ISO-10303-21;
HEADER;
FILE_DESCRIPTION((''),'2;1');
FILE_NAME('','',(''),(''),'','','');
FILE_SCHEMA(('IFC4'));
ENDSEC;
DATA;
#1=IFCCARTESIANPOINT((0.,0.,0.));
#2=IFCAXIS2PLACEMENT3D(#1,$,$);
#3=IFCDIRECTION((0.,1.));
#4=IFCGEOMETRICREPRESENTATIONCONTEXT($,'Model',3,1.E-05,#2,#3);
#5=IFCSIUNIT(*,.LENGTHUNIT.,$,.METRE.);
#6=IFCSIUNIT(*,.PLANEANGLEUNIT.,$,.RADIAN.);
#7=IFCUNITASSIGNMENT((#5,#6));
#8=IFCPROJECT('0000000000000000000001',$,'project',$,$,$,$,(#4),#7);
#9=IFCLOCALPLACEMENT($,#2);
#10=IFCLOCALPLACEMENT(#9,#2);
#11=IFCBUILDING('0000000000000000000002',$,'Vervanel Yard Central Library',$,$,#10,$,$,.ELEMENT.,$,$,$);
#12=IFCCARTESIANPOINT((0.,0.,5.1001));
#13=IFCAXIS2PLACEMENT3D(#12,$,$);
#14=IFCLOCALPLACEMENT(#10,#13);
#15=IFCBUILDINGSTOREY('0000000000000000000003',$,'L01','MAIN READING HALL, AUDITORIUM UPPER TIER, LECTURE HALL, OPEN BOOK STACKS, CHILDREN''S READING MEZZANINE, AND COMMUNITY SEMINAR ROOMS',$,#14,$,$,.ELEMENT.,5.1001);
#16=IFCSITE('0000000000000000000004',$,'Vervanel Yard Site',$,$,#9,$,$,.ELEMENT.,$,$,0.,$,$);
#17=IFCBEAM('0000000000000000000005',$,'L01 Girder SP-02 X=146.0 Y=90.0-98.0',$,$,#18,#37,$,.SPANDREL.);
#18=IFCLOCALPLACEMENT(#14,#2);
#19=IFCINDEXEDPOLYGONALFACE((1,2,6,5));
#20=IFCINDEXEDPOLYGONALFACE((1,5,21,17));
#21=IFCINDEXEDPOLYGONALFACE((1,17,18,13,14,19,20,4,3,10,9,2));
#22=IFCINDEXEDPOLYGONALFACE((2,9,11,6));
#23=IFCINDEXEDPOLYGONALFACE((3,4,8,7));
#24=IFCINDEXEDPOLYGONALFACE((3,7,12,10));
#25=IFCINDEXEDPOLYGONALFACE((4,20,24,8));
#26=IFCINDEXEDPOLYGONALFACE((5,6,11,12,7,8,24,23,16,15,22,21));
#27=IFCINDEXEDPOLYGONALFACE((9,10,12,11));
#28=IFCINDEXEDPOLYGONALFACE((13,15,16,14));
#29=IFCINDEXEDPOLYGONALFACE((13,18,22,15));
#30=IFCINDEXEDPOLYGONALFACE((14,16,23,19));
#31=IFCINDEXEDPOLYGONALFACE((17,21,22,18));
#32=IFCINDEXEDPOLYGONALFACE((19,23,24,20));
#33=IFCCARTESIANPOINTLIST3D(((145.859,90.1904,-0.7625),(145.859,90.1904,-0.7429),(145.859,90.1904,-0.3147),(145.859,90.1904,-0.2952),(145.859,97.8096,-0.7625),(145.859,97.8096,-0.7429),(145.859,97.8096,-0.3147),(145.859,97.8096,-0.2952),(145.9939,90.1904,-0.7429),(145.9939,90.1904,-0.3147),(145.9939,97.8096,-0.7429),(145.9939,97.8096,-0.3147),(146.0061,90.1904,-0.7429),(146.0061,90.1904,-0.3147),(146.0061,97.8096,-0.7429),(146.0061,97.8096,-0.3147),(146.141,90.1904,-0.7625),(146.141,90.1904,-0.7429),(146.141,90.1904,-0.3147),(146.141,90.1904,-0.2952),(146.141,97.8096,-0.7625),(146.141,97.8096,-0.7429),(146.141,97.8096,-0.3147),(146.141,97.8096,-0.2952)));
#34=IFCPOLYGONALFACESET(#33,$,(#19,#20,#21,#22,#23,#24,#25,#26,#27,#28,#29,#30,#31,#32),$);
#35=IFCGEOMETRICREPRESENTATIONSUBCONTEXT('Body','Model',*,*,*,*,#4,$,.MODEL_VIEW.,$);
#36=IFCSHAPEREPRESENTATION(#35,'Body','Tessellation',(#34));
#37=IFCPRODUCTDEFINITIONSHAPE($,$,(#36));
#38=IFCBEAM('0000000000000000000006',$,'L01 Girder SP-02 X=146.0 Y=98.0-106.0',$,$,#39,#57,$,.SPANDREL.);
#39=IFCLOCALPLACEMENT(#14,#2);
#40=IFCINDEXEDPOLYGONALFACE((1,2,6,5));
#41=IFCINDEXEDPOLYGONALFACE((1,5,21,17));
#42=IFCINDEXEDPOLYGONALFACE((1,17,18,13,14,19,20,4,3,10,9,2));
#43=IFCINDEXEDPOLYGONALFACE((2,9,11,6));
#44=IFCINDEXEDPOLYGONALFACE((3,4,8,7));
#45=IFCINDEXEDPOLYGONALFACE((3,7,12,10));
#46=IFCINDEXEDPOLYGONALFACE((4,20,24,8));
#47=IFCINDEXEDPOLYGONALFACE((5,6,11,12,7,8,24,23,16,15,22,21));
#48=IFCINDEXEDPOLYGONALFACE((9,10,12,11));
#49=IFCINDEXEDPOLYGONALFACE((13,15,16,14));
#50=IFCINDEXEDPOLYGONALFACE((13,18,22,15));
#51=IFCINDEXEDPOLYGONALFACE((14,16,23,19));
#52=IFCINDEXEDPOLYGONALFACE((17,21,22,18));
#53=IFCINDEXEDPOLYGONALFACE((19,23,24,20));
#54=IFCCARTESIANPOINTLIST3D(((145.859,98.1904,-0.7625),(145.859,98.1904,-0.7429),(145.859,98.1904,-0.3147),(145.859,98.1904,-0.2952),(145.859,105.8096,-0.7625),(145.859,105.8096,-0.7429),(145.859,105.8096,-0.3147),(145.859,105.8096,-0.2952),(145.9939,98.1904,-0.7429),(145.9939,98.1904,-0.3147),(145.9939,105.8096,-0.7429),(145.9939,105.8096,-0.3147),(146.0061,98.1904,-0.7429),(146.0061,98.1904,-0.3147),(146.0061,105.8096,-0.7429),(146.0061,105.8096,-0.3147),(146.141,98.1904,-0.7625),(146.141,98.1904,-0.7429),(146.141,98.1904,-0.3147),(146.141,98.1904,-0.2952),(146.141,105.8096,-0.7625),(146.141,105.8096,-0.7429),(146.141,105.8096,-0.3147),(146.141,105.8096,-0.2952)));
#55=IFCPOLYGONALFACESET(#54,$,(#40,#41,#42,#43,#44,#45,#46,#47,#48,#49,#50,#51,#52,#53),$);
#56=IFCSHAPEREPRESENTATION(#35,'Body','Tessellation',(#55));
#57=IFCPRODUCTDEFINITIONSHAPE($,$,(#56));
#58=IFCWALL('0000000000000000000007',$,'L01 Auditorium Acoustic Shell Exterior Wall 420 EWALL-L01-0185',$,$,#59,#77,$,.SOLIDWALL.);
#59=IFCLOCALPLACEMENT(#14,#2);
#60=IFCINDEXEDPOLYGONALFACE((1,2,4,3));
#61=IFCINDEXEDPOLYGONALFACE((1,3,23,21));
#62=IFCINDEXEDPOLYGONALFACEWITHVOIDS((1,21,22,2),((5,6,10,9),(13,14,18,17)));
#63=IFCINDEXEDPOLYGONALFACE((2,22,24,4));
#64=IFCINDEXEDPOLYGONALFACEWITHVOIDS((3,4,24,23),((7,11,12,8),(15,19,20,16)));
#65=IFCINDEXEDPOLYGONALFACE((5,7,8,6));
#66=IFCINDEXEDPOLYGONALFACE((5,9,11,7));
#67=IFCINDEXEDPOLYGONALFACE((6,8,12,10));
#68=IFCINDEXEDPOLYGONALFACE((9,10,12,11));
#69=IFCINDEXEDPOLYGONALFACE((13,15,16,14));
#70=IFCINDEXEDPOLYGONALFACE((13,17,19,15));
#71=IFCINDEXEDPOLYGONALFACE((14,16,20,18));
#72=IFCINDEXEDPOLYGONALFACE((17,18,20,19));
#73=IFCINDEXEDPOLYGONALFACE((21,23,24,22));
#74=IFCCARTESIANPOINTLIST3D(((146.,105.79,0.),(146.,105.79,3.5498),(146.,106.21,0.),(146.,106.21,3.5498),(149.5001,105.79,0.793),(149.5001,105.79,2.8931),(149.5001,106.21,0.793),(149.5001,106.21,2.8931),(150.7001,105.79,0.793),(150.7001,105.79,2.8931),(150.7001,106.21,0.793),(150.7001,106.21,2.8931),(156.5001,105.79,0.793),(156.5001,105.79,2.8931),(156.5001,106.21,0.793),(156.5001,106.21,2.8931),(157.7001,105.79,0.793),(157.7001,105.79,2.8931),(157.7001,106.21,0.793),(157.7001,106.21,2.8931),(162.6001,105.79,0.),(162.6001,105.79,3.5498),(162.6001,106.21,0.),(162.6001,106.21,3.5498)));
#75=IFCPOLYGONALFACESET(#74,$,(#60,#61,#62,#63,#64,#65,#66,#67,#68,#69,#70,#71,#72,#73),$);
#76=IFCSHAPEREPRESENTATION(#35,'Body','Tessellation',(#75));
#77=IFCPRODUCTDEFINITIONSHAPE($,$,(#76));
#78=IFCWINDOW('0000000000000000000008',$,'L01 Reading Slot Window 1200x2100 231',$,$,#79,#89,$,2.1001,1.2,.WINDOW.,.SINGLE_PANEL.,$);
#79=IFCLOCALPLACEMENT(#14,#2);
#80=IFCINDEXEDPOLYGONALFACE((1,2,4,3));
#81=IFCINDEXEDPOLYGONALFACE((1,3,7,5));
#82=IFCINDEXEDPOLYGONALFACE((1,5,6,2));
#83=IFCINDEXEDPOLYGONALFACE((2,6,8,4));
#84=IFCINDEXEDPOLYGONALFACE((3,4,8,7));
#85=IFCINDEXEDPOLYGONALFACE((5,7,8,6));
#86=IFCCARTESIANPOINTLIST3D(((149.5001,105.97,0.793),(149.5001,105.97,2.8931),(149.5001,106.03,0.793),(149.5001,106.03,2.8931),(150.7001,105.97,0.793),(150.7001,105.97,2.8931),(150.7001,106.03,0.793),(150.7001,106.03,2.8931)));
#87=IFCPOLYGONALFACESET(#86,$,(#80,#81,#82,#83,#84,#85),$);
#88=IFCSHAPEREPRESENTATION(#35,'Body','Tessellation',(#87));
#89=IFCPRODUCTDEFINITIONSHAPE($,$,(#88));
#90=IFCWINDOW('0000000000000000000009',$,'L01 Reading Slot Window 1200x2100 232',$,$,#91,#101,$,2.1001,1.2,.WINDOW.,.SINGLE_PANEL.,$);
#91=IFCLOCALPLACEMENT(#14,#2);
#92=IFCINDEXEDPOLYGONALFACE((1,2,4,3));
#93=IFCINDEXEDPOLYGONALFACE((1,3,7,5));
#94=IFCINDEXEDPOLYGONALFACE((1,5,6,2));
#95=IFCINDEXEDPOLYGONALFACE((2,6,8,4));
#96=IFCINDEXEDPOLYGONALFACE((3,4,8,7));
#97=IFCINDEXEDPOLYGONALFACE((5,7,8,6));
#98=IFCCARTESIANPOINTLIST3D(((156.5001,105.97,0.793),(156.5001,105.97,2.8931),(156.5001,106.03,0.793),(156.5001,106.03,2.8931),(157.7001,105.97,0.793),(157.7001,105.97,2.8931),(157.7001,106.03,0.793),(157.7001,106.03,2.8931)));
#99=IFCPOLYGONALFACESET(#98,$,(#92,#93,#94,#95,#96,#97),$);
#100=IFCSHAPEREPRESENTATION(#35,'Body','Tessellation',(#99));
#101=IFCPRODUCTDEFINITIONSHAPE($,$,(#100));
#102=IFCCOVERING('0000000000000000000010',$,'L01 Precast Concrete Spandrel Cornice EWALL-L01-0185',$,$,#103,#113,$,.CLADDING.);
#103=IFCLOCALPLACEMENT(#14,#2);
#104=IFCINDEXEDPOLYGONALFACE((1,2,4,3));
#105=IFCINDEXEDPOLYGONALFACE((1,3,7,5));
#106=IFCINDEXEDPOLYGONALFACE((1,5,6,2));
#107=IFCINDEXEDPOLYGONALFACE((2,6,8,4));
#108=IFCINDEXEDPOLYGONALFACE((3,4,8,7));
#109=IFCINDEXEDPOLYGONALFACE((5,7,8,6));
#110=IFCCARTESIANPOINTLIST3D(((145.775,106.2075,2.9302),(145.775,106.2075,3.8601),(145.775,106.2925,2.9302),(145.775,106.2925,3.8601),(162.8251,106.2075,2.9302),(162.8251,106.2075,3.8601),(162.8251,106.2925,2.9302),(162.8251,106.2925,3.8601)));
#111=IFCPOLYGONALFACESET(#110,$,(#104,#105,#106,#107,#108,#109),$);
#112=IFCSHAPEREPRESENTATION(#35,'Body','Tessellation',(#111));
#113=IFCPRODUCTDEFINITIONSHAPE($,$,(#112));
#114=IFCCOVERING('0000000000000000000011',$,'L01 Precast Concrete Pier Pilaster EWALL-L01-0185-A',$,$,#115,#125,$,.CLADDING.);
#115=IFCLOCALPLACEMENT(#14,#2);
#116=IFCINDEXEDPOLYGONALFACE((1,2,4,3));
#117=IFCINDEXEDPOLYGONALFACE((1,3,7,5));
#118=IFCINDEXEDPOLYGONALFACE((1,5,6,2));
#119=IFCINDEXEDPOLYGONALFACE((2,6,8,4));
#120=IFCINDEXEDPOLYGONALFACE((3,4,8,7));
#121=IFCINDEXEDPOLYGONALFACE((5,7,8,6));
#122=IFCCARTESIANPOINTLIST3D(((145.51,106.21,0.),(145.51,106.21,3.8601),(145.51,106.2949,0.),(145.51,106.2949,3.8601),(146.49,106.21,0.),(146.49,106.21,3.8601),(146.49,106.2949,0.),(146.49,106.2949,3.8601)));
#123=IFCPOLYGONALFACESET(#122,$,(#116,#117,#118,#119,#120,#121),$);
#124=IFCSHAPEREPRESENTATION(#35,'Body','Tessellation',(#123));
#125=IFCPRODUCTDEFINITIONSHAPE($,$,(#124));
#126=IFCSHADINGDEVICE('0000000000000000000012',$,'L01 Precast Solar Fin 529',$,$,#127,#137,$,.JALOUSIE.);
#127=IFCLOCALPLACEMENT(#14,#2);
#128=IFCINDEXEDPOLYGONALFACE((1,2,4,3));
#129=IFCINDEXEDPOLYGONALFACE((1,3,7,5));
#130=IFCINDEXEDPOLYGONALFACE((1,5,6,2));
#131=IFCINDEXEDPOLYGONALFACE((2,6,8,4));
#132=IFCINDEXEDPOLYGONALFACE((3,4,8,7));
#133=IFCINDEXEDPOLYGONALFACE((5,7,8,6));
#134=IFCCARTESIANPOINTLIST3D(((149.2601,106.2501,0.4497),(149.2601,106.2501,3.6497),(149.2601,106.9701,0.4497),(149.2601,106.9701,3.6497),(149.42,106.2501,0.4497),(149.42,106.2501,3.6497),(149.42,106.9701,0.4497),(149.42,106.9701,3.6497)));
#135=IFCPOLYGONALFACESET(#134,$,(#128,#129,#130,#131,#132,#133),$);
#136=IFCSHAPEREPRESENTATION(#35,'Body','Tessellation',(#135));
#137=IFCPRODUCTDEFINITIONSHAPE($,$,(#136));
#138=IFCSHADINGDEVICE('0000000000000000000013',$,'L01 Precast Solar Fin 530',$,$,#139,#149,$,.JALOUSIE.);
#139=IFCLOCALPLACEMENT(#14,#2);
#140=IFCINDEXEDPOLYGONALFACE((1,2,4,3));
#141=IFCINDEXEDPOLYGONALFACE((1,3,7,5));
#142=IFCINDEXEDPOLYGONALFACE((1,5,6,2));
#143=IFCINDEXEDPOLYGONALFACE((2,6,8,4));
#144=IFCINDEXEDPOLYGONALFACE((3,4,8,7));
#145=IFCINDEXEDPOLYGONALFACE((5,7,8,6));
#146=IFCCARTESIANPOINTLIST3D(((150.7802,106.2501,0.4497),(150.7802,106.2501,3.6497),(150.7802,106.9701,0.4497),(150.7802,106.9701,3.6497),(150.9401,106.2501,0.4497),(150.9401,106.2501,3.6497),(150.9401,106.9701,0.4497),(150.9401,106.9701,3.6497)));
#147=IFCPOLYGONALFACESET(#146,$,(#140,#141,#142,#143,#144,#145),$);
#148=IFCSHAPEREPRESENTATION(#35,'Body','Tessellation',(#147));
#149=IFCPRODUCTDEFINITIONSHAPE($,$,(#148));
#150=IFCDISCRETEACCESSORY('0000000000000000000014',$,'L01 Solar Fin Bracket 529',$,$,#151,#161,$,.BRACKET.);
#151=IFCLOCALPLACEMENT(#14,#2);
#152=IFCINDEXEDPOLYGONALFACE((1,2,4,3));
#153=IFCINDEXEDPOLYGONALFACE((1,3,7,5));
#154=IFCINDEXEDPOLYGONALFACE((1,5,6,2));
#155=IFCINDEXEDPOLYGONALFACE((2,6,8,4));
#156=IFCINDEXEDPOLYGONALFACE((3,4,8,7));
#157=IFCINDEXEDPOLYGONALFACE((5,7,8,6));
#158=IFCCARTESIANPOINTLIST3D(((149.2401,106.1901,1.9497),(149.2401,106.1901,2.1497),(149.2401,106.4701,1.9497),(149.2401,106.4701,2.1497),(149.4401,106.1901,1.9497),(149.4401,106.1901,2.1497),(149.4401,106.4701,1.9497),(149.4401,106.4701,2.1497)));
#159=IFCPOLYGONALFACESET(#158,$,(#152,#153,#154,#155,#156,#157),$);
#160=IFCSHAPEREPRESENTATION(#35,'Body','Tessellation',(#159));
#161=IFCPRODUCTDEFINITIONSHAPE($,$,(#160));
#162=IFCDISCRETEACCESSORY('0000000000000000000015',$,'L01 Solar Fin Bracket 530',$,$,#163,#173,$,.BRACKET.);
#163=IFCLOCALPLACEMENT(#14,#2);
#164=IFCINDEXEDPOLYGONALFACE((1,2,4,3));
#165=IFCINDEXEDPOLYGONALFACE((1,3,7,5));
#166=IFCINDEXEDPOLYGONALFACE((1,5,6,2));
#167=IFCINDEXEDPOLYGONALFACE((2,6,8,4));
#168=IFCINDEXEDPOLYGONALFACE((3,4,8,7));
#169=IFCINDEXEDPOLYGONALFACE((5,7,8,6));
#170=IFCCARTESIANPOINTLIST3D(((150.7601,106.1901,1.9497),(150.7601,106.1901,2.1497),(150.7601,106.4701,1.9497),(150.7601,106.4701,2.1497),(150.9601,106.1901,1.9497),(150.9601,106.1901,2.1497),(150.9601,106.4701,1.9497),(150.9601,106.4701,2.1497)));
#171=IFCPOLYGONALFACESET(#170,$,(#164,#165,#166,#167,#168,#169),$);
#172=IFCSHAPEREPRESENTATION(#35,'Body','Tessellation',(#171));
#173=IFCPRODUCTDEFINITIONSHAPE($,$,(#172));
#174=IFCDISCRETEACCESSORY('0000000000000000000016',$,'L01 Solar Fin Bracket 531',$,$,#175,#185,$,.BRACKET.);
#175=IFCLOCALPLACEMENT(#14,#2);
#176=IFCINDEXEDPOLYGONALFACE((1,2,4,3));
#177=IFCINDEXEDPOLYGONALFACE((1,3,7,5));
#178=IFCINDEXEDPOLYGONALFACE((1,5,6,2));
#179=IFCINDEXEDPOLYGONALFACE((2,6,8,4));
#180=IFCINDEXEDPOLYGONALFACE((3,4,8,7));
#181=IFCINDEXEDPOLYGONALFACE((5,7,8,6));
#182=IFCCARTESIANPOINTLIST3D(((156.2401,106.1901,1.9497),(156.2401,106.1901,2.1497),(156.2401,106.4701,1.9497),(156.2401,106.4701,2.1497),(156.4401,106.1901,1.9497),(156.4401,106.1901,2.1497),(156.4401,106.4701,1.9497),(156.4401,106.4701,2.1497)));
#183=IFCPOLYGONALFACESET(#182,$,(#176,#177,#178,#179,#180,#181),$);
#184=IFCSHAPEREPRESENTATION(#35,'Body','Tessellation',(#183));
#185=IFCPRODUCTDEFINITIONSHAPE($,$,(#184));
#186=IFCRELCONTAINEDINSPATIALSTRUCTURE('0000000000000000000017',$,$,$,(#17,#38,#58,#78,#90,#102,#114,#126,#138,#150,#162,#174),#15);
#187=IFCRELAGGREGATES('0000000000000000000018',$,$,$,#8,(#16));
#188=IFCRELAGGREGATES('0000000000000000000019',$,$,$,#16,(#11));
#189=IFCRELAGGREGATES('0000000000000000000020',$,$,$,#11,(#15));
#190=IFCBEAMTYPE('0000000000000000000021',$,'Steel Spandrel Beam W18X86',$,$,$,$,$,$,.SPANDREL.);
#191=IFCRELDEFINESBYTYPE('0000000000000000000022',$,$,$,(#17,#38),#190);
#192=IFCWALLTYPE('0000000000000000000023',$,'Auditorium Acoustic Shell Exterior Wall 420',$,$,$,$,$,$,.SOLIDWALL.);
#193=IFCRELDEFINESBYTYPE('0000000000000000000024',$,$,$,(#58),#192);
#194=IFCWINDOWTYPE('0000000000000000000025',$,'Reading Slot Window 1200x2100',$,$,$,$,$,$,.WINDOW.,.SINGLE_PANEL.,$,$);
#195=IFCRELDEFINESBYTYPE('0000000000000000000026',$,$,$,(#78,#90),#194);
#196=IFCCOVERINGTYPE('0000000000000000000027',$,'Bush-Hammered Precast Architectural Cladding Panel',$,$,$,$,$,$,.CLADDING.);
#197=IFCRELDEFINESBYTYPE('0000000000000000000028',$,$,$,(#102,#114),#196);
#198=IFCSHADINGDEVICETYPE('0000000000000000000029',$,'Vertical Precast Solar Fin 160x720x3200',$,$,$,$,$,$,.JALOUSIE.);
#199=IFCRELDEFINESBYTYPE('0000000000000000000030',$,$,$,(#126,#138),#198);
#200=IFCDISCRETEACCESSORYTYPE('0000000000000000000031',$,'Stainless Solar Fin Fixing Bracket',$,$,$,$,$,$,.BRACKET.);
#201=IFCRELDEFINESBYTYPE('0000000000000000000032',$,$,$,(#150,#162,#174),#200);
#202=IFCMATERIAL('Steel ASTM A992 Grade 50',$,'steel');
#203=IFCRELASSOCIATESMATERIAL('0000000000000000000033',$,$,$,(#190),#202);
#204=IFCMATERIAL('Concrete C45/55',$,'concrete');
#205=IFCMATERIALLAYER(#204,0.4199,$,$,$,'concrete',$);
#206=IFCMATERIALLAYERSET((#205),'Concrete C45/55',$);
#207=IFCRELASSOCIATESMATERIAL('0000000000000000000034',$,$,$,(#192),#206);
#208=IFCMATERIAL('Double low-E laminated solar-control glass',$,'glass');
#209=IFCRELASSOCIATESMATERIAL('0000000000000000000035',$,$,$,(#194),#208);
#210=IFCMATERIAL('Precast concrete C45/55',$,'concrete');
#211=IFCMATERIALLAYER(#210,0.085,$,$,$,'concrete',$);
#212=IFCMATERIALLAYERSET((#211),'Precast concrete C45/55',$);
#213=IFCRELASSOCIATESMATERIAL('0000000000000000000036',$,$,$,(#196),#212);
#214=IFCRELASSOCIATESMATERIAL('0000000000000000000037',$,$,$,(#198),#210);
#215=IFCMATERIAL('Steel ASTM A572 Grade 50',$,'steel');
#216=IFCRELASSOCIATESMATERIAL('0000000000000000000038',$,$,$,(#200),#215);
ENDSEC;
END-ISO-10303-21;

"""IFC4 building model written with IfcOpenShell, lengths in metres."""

from ifc_helpers import new_model, si_unit, direction, frame, frame_2d, origin, origin_2d, place, context, subcontext, project, spatial, rectangle, i_section, extrude, material, layer, layer_set, material_profile, profile_set, type_object, element, fill, save


model = new_model("IFC4")

# Units and contexts
model_context = context("Model", 3, precision=1e-05, world=origin(), true_north=direction((0.0, 1.0)))
body_context = subcontext(model_context, "Body", "Model", "MODEL_VIEW")
ifc_project = project(units=[si_unit("LENGTHUNIT", "METRE"), si_unit("PLANEANGLEUNIT", "RADIAN")], contexts=[model_context])

# Site, building, storey
site_placement = place(None, origin())
site = spatial("IfcSite", under=ifc_project, at=site_placement, Name="Vervanel Yard Site", CompositionType="ELEMENT", RefElevation=0.0)
building_placement = place(site_placement, origin())
building = spatial("IfcBuilding", under=site, at=building_placement, Name="Vervanel Yard Central Library", CompositionType="ELEMENT")
storey_placement = place(building_placement, frame((0.0, 0.0, 5.1001)))
storey = spatial("IfcBuildingStorey", under=building, at=storey_placement, Name="L01", Description="MAIN READING HALL, AUDITORIUM UPPER TIER, LECTURE HALL, OPEN BOOK STACKS, CHILDREN'S READING MEZZANINE, AND COMMUNITY SEMINAR ROOMS", CompositionType="ELEMENT", Elevation=5.1001)

# Shared definitions
ifc_material_1 = material(Name="Steel ASTM A992 Grade 50", Category="steel")

# Beams
ifc_material_profile_1 = material_profile(ifc_material_1, i_section(OverallWidth=0.282, OverallDepth=0.4673, WebThickness=0.0122, FlangeThickness=0.0195, at=origin_2d()), Name="W18X86", Category="steel")
ifc_profile_set_1 = profile_set([ifc_material_profile_1], Name="Steel ASTM A992 Grade 50")
beam_type_1 = type_object("IfcBeamType", Name="Steel Spandrel Beam W18X86", PredefinedType="SPANDREL", material=ifc_profile_set_1)
for number, where, z_axis, x_axis, name in (
    (1, (146.0, 90.1904, -0.5288), (0.0, 1.0, 0.0), (-1.0, 0.0, 0.0), "L01 Girder SP-02 X=146.0 Y=90.0-98.0"),
    (2, (146.0, 98.1904, -0.5288), (0.0, 1.0, 0.0), (-1.0, 0.0, 0.0), "L01 Girder SP-02 X=146.0 Y=98.0-106.0"),
):
    element("IfcBeam", number, at=place(storey_placement, frame(where, z_axis=z_axis, x_axis=x_axis)), inside=storey, type_object=beam_type_1, Name=name, PredefinedType="SPANDREL", context=body_context, shape_type="SweptSolid", body=[
        extrude(i_section(OverallWidth=0.282, OverallDepth=0.4673, WebThickness=0.0122, FlangeThickness=0.0195, at=origin_2d()), origin(), (0.0, 0.0, 1.0), 7.6191),
    ])

# Wall, openings, windows
ifc_material_2 = material(Name="Concrete C45/55", Category="concrete")
ifc_layer_1 = layer(ifc_material_2, 0.4199, Category="concrete")
ifc_layer_set_1 = layer_set([ifc_layer_1], Name="Concrete C45/55")
wall_type_1 = type_object("IfcWallType", Name="Auditorium Acoustic Shell Exterior Wall 420", PredefinedType="SOLIDWALL", material=ifc_layer_set_1)
wall_1_placement = place(storey_placement, frame((146.0, 106.0, 0.0), z_axis=(0.0, 0.0, 1.0), x_axis=(1.0, 0.0, 0.0)))
wall_1 = element("IfcWall", 3, at=wall_1_placement, inside=storey, type_object=wall_type_1, Name="L01 Auditorium Acoustic Shell Exterior Wall 420 EWALL-L01-0185", PredefinedType="SOLIDWALL", context=body_context, shape_type="SweptSolid", body=[
    extrude(rectangle(XDim=16.6001, YDim=0.4199, at=frame_2d((8.3, 0.0))), origin(), (0.0, 0.0, 1.0), 3.5498),
])
opening_1_placement = place(wall_1_placement, frame((3.5, 0.0, 0.793)))
opening_1 = element("IfcOpeningElement", 4, at=opening_1_placement, cuts=wall_1, PredefinedType="OPENING", context=body_context, shape_type="SweptSolid", body=[
    extrude(rectangle(XDim=1.2, YDim=2.1001, at=frame_2d((0.6001, 1.05))), frame((0.0, 0.22, 0.0), z_axis=(0.0, -1.0, 0.0), x_axis=(1.0, 0.0, 0.0)), (0.0, 0.0, 1.0), 0.4399),
])
opening_2_placement = place(wall_1_placement, frame((10.5, 0.0, 0.793)))
opening_2 = element("IfcOpeningElement", 5, at=opening_2_placement, cuts=wall_1, PredefinedType="OPENING", context=body_context, shape_type="SweptSolid", body=[
    extrude(rectangle(XDim=1.2, YDim=2.1001, at=frame_2d((0.6001, 1.05))), frame((0.0, 0.22, 0.0), z_axis=(0.0, -1.0, 0.0), x_axis=(1.0, 0.0, 0.0)), (0.0, 0.0, 1.0), 0.4399),
])
ifc_material_3 = material(Name="Double low-E laminated solar-control glass", Category="glass")
window_type = type_object("IfcWindowType", Name="Reading Slot Window 1200x2100", PartitioningType="SINGLE_PANEL", PredefinedType="WINDOW", material=ifc_material_3)
window_1_placement = place(opening_1_placement, origin())
window_1 = element("IfcWindow", 6, at=window_1_placement, inside=storey, type_object=window_type, Name="L01 Reading Slot Window 1200x2100 231", OverallHeight=2.1001, OverallWidth=1.2, PartitioningType="SINGLE_PANEL", PredefinedType="WINDOW", context=body_context, shape_type="SweptSolid", body=[
    extrude(rectangle(XDim=1.2, YDim=2.1001, at=frame_2d((0.6001, 1.05))), frame((0.0, 0.03, 0.0), z_axis=(0.0, -1.0, 0.0), x_axis=(1.0, 0.0, 0.0)), (0.0, 0.0, 1.0), 0.0601),
])
fill(opening_1, window_1)
window_2_placement = place(opening_2_placement, origin())
window_2 = element("IfcWindow", 7, at=window_2_placement, inside=storey, type_object=window_type, Name="L01 Reading Slot Window 1200x2100 232", OverallHeight=2.1001, OverallWidth=1.2, PartitioningType="SINGLE_PANEL", PredefinedType="WINDOW", context=body_context, shape_type="SweptSolid", body=[
    extrude(rectangle(XDim=1.2, YDim=2.1001, at=frame_2d((0.6001, 1.05))), frame((0.0, 0.03, 0.0), z_axis=(0.0, -1.0, 0.0), x_axis=(1.0, 0.0, 0.0)), (0.0, 0.0, 1.0), 0.0601),
])
fill(opening_2, window_2)

# Coverings
ifc_material_4 = material(Name="Precast concrete C45/55", Category="concrete")
ifc_layer_2 = layer(ifc_material_4, 0.085, Category="concrete")
ifc_layer_set_2 = layer_set([ifc_layer_2], Name="Precast concrete C45/55")
covering_type = type_object("IfcCoveringType", Name="Bush-Hammered Precast Architectural Cladding Panel", PredefinedType="CLADDING", material=ifc_layer_set_2)
covering_1_placement = place(storey_placement, frame((154.3, 106.25, 2.9302), z_axis=(0.0, 0.0, 1.0), x_axis=(1.0, 0.0, 0.0)))
element("IfcCovering", 8, at=covering_1_placement, inside=storey, type_object=covering_type, Name="L01 Precast Concrete Spandrel Cornice EWALL-L01-0185", PredefinedType="CLADDING", context=body_context, shape_type="SweptSolid", body=[
    extrude(rectangle(XDim=17.05, YDim=0.085, at=origin_2d()), origin(), (0.0, 0.0, 1.0), 0.9299),
])
covering_2_placement = place(storey_placement, frame((146.0, 106.2524, 0.0), z_axis=(0.0, 0.0, 1.0), x_axis=(1.0, 0.0, 0.0)))
element("IfcCovering", 9, at=covering_2_placement, inside=storey, type_object=covering_type, Name="L01 Precast Concrete Pier Pilaster EWALL-L01-0185-A", PredefinedType="CLADDING", context=body_context, shape_type="SweptSolid", body=[
    extrude(rectangle(XDim=0.98, YDim=0.085, at=origin_2d()), origin(), (0.0, 0.0, 1.0), 3.8601),
])

# Shading devices
shading_device_type = type_object("IfcShadingDeviceType", Name="Vertical Precast Solar Fin 160x720x3200", PredefinedType="JALOUSIE", material=ifc_material_4)
for number, where, z_axis, x_axis, name in (
    (10, (149.3401, 106.6101, 0.4497), (0.0, 0.0, 1.0), (1.0, 0.0, 0.0), "L01 Precast Solar Fin 529"),
    (11, (150.8601, 106.6101, 0.4497), (0.0, 0.0, 1.0), (1.0, 0.0, 0.0), "L01 Precast Solar Fin 530"),
):
    element("IfcShadingDevice", number, at=place(storey_placement, frame(where, z_axis=z_axis, x_axis=x_axis)), inside=storey, type_object=shading_device_type, Name=name, PredefinedType="JALOUSIE", context=body_context, shape_type="SweptSolid", body=[
        extrude(rectangle(XDim=0.1599, YDim=0.72, at=origin_2d()), origin(), (0.0, 0.0, 1.0), 3.2),
    ])

# Discrete accessories
ifc_material_5 = material(Name="Steel ASTM A572 Grade 50", Category="steel")
discrete_accessory_type = type_object("IfcDiscreteAccessoryType", Name="Stainless Solar Fin Fixing Bracket", PredefinedType="BRACKET", material=ifc_material_5)
for number, where, z_axis, x_axis, name in (
    (12, (149.3401, 106.3301, 1.9497), (0.0, 0.0, 1.0), (1.0, 0.0, 0.0), "L01 Solar Fin Bracket 529"),
    (13, (150.8601, 106.3301, 1.9497), (0.0, 0.0, 1.0), (1.0, 0.0, 0.0), "L01 Solar Fin Bracket 530"),
    (14, (156.3401, 106.3301, 1.9497), (0.0, 0.0, 1.0), (1.0, 0.0, 0.0), "L01 Solar Fin Bracket 531"),
):
    element("IfcDiscreteAccessory", number, at=place(storey_placement, frame(where, z_axis=z_axis, x_axis=x_axis)), inside=storey, type_object=discrete_accessory_type, Name=name, PredefinedType="BRACKET", context=body_context, shape_type="SweptSolid", body=[
        extrude(rectangle(XDim=0.2, YDim=0.28, at=origin_2d()), origin(), (0.0, 0.0, 1.0), 0.2),
    ])

save(model, "model.ifc")
